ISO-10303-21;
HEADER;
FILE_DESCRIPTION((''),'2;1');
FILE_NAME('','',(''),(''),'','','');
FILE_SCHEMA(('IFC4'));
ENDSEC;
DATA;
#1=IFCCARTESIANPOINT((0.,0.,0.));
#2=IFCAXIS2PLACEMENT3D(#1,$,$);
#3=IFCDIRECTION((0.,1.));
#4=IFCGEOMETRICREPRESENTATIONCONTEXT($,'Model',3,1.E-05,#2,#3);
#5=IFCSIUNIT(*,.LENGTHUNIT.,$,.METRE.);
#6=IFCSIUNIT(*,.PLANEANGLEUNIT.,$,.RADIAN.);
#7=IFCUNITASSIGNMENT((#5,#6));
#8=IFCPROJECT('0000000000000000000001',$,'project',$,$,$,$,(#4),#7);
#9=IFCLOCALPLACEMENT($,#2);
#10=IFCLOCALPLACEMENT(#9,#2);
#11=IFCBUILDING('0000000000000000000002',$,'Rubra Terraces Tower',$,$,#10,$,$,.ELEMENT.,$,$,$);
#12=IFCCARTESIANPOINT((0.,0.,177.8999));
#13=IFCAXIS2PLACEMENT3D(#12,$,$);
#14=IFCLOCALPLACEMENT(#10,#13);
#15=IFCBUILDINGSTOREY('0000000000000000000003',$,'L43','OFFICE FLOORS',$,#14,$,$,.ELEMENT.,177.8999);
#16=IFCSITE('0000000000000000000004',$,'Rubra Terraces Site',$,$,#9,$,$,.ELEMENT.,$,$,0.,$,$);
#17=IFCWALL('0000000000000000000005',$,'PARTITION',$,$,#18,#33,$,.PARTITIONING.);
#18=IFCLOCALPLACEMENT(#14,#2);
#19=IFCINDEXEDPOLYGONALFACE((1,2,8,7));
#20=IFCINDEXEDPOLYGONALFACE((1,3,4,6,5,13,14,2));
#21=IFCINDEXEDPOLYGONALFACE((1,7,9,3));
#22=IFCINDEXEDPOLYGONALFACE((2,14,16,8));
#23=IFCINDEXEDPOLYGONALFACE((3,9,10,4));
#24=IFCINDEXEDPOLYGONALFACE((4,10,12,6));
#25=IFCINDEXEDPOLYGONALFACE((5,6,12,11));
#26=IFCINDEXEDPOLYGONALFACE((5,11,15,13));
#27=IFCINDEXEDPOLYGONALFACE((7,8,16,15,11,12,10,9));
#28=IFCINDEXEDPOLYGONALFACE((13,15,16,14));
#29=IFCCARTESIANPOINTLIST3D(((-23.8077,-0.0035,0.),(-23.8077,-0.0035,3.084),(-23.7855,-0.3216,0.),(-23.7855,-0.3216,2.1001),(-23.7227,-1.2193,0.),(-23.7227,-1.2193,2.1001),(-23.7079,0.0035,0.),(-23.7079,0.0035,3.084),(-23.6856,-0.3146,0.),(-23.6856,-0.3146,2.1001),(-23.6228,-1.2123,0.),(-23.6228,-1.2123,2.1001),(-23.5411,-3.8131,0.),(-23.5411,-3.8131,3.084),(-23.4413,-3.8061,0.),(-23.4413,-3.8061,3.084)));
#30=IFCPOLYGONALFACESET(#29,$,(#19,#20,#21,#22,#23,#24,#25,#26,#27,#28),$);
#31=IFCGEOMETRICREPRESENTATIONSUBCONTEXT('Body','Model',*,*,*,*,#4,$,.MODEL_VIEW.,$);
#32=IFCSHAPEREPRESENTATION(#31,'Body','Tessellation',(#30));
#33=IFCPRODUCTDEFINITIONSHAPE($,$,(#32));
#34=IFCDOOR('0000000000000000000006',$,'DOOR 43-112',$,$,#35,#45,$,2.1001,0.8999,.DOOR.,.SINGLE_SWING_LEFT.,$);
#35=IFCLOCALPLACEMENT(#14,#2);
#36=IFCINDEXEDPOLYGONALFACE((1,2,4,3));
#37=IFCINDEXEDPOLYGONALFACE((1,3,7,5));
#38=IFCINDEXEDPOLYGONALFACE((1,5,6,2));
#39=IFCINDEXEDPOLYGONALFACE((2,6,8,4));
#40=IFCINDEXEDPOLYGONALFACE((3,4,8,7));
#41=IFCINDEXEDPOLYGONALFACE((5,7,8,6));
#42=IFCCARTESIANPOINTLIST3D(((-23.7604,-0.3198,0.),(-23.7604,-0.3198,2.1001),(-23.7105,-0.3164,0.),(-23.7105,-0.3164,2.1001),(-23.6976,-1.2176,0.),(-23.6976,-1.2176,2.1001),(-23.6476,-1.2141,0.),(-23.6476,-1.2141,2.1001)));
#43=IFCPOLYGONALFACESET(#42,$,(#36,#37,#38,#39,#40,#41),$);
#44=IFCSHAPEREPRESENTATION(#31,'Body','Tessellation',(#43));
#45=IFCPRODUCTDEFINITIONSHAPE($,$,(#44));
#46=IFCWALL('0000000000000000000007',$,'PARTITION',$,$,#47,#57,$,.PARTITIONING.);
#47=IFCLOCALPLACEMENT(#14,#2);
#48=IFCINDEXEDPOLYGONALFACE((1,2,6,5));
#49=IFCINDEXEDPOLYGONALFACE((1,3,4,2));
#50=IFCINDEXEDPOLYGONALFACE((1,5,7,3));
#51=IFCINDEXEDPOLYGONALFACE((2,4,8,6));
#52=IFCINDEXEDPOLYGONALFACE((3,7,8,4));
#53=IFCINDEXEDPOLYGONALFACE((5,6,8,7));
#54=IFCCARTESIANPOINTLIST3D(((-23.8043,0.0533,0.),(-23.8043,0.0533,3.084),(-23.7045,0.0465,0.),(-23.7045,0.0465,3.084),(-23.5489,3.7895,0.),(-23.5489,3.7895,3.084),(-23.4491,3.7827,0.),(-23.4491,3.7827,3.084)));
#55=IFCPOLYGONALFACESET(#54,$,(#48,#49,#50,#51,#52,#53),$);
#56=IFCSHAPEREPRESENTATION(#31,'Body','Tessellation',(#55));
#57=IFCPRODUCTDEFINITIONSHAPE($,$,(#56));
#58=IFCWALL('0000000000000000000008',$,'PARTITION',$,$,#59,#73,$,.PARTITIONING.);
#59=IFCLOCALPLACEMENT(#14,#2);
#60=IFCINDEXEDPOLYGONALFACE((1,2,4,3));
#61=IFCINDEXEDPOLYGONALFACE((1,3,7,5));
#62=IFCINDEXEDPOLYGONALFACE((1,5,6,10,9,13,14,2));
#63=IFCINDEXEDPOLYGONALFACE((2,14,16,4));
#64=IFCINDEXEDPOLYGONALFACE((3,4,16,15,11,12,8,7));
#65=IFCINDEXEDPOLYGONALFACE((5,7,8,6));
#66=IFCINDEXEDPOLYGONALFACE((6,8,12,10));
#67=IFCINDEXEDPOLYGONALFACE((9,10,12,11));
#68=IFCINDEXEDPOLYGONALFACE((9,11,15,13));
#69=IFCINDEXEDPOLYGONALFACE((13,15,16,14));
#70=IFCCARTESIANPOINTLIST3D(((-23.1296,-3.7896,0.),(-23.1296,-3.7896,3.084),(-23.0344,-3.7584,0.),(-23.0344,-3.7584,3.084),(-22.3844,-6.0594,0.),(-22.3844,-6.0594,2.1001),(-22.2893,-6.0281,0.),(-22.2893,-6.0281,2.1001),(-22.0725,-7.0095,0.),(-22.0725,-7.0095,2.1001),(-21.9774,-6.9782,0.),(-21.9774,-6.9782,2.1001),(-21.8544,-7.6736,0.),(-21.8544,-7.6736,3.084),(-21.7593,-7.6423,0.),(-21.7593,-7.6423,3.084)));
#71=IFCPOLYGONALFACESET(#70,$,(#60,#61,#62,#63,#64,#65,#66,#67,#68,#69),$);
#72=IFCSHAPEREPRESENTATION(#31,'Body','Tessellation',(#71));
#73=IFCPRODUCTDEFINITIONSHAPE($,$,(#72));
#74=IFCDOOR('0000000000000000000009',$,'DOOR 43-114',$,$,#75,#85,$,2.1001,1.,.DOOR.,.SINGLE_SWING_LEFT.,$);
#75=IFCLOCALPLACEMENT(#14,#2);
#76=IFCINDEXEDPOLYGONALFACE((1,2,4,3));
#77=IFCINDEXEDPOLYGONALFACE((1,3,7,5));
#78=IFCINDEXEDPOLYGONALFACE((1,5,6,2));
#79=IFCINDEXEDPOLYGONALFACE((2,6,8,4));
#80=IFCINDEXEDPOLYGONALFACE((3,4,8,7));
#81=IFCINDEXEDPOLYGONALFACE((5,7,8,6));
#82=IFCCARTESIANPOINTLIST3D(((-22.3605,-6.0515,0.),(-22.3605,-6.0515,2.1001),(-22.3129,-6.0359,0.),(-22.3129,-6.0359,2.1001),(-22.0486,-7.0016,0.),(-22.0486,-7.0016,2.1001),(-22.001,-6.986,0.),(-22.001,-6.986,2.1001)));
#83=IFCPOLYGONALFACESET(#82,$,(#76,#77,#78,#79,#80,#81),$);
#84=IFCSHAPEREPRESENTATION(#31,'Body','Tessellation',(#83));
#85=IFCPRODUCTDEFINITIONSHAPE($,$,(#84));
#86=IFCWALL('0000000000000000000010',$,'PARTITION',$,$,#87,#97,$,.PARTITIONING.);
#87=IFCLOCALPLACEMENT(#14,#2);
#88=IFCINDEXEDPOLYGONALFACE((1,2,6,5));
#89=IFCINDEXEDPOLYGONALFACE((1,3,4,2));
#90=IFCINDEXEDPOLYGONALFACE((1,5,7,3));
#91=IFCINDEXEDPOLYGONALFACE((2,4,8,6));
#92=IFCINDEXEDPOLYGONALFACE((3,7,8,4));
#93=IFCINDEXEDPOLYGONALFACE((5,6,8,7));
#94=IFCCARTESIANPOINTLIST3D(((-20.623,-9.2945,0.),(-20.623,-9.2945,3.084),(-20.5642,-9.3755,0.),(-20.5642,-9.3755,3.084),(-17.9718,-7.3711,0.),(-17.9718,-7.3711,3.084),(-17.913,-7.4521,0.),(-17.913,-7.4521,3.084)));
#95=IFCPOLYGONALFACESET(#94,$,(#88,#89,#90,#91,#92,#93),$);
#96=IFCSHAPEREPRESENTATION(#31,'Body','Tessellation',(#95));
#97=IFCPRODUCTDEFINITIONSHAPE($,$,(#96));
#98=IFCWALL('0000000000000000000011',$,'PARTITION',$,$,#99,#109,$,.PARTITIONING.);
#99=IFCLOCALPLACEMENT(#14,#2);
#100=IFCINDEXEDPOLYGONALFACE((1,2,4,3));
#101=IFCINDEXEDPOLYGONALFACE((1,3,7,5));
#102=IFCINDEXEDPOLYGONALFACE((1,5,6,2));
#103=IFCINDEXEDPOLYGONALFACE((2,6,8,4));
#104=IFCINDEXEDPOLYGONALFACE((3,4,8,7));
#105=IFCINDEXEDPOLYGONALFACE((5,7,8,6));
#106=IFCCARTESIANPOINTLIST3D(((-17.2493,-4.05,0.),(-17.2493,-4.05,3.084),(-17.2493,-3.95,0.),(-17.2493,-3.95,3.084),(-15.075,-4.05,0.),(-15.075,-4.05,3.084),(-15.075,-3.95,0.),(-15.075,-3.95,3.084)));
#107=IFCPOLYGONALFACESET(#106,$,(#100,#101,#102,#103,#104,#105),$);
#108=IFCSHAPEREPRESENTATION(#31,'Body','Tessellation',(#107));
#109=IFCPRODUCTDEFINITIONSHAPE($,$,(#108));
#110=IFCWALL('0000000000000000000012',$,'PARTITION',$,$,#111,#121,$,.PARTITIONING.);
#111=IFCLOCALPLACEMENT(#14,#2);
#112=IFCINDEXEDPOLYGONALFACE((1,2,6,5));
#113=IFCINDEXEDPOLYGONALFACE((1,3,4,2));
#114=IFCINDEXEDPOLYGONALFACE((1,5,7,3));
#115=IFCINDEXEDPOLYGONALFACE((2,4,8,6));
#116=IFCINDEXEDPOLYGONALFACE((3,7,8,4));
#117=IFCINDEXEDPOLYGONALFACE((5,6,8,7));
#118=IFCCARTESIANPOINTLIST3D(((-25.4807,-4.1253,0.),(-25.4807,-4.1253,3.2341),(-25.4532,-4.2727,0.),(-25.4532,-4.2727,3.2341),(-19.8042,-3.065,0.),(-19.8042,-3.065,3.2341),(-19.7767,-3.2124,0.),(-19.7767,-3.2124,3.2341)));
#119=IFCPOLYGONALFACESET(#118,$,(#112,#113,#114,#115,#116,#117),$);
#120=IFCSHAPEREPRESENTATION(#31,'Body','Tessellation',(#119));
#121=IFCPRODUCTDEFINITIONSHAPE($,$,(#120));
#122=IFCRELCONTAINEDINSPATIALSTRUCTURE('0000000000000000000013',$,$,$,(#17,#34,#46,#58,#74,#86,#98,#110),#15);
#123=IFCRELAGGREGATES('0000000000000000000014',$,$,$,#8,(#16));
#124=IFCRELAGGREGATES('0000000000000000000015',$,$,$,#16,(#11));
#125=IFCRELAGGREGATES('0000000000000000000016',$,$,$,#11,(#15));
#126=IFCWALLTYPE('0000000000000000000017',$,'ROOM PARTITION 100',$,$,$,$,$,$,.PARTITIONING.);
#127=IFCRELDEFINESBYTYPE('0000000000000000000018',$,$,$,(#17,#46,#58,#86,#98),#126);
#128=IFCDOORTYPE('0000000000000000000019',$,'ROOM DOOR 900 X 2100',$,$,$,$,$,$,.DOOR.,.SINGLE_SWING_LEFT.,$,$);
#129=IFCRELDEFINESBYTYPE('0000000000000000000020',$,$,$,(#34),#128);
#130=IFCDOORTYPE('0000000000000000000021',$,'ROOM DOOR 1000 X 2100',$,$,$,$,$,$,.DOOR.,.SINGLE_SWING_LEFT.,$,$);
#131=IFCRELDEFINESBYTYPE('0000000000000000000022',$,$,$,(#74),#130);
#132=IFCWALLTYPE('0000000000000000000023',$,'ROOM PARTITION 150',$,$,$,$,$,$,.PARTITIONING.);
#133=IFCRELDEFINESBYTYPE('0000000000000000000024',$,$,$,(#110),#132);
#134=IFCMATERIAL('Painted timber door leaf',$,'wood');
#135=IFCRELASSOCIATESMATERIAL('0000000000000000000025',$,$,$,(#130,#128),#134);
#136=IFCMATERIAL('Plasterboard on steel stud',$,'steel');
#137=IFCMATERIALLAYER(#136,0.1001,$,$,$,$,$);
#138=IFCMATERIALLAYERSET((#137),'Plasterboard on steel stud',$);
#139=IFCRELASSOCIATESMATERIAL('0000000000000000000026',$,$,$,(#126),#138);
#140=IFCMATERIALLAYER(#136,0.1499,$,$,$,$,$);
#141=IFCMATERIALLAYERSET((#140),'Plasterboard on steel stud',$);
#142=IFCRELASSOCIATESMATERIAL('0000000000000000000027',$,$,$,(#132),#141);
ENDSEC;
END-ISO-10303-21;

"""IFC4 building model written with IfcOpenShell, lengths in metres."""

from ifc_helpers import new_model, si_unit, direction, frame, frame_2d, origin, place, context, subcontext, project, spatial, rectangle, extrude, material, layer, layer_set, type_object, element, fill, save


model = new_model("IFC4")

# Units and contexts
model_context = context("Model", 3, precision=1e-05, world=origin(), true_north=direction((0.0, 1.0)))
body_context = subcontext(model_context, "Body", "Model", "MODEL_VIEW")
ifc_project = project(units=[si_unit("LENGTHUNIT", "METRE"), si_unit("PLANEANGLEUNIT", "RADIAN")], contexts=[model_context])

# Site, building, storey
site_placement = place(None, origin())
site = spatial("IfcSite", under=ifc_project, at=site_placement, Name="Rubra Terraces Site", CompositionType="ELEMENT", RefElevation=0.0)
building_placement = place(site_placement, origin())
building = spatial("IfcBuilding", under=site, at=building_placement, Name="Rubra Terraces Tower", CompositionType="ELEMENT")
storey_placement = place(building_placement, frame((0.0, 0.0, 177.8999)))
storey = spatial("IfcBuildingStorey", under=building, at=storey_placement, Name="L43", Description="OFFICE FLOORS", CompositionType="ELEMENT", Elevation=177.8999)

# Shared definitions
ifc_material_1 = material(Name="Painted timber door leaf", Category="wood")
door_type_1 = type_object("IfcDoorType", Name="ROOM DOOR 1000 X 2100", OperationType="SINGLE_SWING_LEFT", PredefinedType="DOOR", material=ifc_material_1)

# Wall, opening, door
ifc_material_2 = material(Name="Plasterboard on steel stud", Category="steel")
ifc_layer_1 = layer(ifc_material_2, 0.1001)
ifc_layer_set_1 = layer_set([ifc_layer_1], Name="Plasterboard on steel stud")
wall_type_1 = type_object("IfcWallType", Name="ROOM PARTITION 100", PredefinedType="PARTITIONING", material=ifc_layer_set_1)
wall_1_placement = place(storey_placement, frame((-23.4912, -3.8096, 0.0), z_axis=(0.0, 0.0, 1.0), x_axis=(-0.069811, 0.99756, 0.0)))
wall_1 = element("IfcWall", 1, at=wall_1_placement, inside=storey, type_object=wall_type_1, Name="PARTITION", PredefinedType="PARTITIONING", context=body_context, shape_type="SweptSolid", body=[
    extrude(rectangle(XDim=3.8188, YDim=0.1001, at=frame_2d((1.9094, 0.0))), origin(), (0.0, 0.0, 1.0), 3.084),
])
opening_1_placement = place(wall_1_placement, frame((2.6001, 0.0, 0.0)))
opening_1 = element("IfcOpeningElement", 2, at=opening_1_placement, cuts=wall_1, PredefinedType="OPENING", context=body_context, shape_type="SweptSolid", body=[
    extrude(rectangle(XDim=0.8999, YDim=2.1001, at=frame_2d((0.45, 1.05))), frame((0.0, 0.0601, 0.0), z_axis=(0.0, -1.0, 0.0), x_axis=(1.0, 0.0, 0.0)), (0.0, 0.0, 1.0), 0.1201),
])
door_type_2 = type_object("IfcDoorType", Name="ROOM DOOR 900 X 2100", OperationType="SINGLE_SWING_LEFT", PredefinedType="DOOR", material=ifc_material_1)
door_1_placement = place(opening_1_placement, origin())
door_1 = element("IfcDoor", 3, at=door_1_placement, inside=storey, type_object=door_type_2, Name="DOOR 43-112", OperationType="SINGLE_SWING_LEFT", OverallHeight=2.1001, OverallWidth=0.8999, PredefinedType="DOOR", context=body_context, shape_type="SweptSolid", body=[
    extrude(rectangle(XDim=0.8999, YDim=2.1001, at=frame_2d((0.45, 1.05))), frame((0.0, 0.0249, 0.0), z_axis=(0.0, -1.0, 0.0), x_axis=(1.0, 0.0, 0.0)), (0.0, 0.0, 1.0), 0.05),
])
fill(opening_1, door_1)

# Wall
wall_2_placement = place(storey_placement, frame((-23.7544, 0.0498, 0.0), z_axis=(0.0, 0.0, 1.0), x_axis=(0.068193, 0.997672, 0.0)))
element("IfcWall", 4, at=wall_2_placement, inside=storey, type_object=wall_type_1, Name="PARTITION", PredefinedType="PARTITIONING", context=body_context, shape_type="SweptSolid", body=[
    extrude(rectangle(XDim=3.7449, YDim=0.1001, at=frame_2d((1.8726, 0.0))), origin(), (0.0, 0.0, 1.0), 3.084),
])

# Wall, opening, door
wall_3_placement = place(storey_placement, frame((-21.8069, -7.658, 0.0), z_axis=(0.0, 0.0, 1.0), x_axis=(-0.311925, 0.950107, 0.0)))
wall_3 = element("IfcWall", 5, at=wall_3_placement, inside=storey, type_object=wall_type_1, Name="PARTITION", PredefinedType="PARTITIONING", context=body_context, shape_type="SweptSolid", body=[
    extrude(rectangle(XDim=4.0879, YDim=0.1001, at=frame_2d((2.0439, 0.0))), origin(), (0.0, 0.0, 1.0), 3.084),
])
opening_2_placement = place(wall_3_placement, frame((0.699, 0.0, 0.0)))
opening_2 = element("IfcOpeningElement", 6, at=opening_2_placement, cuts=wall_3, PredefinedType="OPENING", context=body_context, shape_type="SweptSolid", body=[
    extrude(rectangle(XDim=1.0, YDim=2.1001, at=frame_2d((0.5, 1.05))), frame((0.0, 0.0601, 0.0), z_axis=(0.0, -1.0, 0.0), x_axis=(1.0, 0.0, 0.0)), (0.0, 0.0, 1.0), 0.1201),
])
door_2_placement = place(opening_2_placement, origin())
door_2 = element("IfcDoor", 7, at=door_2_placement, inside=storey, type_object=door_type_1, Name="DOOR 43-114", OperationType="SINGLE_SWING_LEFT", OverallHeight=2.1001, OverallWidth=1.0, PredefinedType="DOOR", context=body_context, shape_type="SweptSolid", body=[
    extrude(rectangle(XDim=1.0, YDim=2.1001, at=frame_2d((0.5, 1.05))), frame((0.0, 0.0249, 0.0), z_axis=(0.0, -1.0, 0.0), x_axis=(1.0, 0.0, 0.0)), (0.0, 0.0, 1.0), 0.05),
])
fill(opening_2, door_2)

# Walls
wall_4_placement = place(storey_placement, frame((-17.9424, -7.4116, 0.0), z_axis=(0.0, 0.0, 1.0), x_axis=(-0.809425, -0.587223, 0.0)))
element("IfcWall", 8, at=wall_4_placement, inside=storey, type_object=wall_type_1, Name="PARTITION", PredefinedType="PARTITIONING", context=body_context, shape_type="SweptSolid", body=[
    extrude(rectangle(XDim=3.2754, YDim=0.1001, at=frame_2d((1.6377, 0.0))), origin(), (0.0, 0.0, 1.0), 3.084),
])
wall_5_placement = place(storey_placement, frame((-17.2493, -4.0, 0.0), z_axis=(0.0, 0.0, 1.0), x_axis=(1.0, 0.0, 0.0)))
element("IfcWall", 9, at=wall_5_placement, inside=storey, type_object=wall_type_1, Name="PARTITION", PredefinedType="PARTITIONING", context=body_context, shape_type="SweptSolid", body=[
    extrude(rectangle(XDim=2.1743, YDim=0.1001, at=frame_2d((1.0872, 0.0))), origin(), (0.0, 0.0, 1.0), 3.084),
])
ifc_layer_2 = layer(ifc_material_2, 0.1499)
ifc_layer_set_2 = layer_set([ifc_layer_2], Name="Plasterboard on steel stud")
wall_type_2 = type_object("IfcWallType", Name="ROOM PARTITION 150", PredefinedType="PARTITIONING", material=ifc_layer_set_2)
wall_6_placement = place(storey_placement, frame((-25.4668, -4.199, 0.0), z_axis=(0.0, 0.0, 1.0), x_axis=(0.982999, 0.183612, 0.0)))
element("IfcWall", 10, at=wall_6_placement, inside=storey, type_object=wall_type_2, Name="PARTITION", PredefinedType="PARTITIONING", context=body_context, shape_type="SweptSolid", body=[
    extrude(rectangle(XDim=5.7747, YDim=0.1499, at=frame_2d((2.8872, 0.0))), origin(), (0.0, 0.0, 1.0), 3.2341),
])

save(model, "model.ifc")
